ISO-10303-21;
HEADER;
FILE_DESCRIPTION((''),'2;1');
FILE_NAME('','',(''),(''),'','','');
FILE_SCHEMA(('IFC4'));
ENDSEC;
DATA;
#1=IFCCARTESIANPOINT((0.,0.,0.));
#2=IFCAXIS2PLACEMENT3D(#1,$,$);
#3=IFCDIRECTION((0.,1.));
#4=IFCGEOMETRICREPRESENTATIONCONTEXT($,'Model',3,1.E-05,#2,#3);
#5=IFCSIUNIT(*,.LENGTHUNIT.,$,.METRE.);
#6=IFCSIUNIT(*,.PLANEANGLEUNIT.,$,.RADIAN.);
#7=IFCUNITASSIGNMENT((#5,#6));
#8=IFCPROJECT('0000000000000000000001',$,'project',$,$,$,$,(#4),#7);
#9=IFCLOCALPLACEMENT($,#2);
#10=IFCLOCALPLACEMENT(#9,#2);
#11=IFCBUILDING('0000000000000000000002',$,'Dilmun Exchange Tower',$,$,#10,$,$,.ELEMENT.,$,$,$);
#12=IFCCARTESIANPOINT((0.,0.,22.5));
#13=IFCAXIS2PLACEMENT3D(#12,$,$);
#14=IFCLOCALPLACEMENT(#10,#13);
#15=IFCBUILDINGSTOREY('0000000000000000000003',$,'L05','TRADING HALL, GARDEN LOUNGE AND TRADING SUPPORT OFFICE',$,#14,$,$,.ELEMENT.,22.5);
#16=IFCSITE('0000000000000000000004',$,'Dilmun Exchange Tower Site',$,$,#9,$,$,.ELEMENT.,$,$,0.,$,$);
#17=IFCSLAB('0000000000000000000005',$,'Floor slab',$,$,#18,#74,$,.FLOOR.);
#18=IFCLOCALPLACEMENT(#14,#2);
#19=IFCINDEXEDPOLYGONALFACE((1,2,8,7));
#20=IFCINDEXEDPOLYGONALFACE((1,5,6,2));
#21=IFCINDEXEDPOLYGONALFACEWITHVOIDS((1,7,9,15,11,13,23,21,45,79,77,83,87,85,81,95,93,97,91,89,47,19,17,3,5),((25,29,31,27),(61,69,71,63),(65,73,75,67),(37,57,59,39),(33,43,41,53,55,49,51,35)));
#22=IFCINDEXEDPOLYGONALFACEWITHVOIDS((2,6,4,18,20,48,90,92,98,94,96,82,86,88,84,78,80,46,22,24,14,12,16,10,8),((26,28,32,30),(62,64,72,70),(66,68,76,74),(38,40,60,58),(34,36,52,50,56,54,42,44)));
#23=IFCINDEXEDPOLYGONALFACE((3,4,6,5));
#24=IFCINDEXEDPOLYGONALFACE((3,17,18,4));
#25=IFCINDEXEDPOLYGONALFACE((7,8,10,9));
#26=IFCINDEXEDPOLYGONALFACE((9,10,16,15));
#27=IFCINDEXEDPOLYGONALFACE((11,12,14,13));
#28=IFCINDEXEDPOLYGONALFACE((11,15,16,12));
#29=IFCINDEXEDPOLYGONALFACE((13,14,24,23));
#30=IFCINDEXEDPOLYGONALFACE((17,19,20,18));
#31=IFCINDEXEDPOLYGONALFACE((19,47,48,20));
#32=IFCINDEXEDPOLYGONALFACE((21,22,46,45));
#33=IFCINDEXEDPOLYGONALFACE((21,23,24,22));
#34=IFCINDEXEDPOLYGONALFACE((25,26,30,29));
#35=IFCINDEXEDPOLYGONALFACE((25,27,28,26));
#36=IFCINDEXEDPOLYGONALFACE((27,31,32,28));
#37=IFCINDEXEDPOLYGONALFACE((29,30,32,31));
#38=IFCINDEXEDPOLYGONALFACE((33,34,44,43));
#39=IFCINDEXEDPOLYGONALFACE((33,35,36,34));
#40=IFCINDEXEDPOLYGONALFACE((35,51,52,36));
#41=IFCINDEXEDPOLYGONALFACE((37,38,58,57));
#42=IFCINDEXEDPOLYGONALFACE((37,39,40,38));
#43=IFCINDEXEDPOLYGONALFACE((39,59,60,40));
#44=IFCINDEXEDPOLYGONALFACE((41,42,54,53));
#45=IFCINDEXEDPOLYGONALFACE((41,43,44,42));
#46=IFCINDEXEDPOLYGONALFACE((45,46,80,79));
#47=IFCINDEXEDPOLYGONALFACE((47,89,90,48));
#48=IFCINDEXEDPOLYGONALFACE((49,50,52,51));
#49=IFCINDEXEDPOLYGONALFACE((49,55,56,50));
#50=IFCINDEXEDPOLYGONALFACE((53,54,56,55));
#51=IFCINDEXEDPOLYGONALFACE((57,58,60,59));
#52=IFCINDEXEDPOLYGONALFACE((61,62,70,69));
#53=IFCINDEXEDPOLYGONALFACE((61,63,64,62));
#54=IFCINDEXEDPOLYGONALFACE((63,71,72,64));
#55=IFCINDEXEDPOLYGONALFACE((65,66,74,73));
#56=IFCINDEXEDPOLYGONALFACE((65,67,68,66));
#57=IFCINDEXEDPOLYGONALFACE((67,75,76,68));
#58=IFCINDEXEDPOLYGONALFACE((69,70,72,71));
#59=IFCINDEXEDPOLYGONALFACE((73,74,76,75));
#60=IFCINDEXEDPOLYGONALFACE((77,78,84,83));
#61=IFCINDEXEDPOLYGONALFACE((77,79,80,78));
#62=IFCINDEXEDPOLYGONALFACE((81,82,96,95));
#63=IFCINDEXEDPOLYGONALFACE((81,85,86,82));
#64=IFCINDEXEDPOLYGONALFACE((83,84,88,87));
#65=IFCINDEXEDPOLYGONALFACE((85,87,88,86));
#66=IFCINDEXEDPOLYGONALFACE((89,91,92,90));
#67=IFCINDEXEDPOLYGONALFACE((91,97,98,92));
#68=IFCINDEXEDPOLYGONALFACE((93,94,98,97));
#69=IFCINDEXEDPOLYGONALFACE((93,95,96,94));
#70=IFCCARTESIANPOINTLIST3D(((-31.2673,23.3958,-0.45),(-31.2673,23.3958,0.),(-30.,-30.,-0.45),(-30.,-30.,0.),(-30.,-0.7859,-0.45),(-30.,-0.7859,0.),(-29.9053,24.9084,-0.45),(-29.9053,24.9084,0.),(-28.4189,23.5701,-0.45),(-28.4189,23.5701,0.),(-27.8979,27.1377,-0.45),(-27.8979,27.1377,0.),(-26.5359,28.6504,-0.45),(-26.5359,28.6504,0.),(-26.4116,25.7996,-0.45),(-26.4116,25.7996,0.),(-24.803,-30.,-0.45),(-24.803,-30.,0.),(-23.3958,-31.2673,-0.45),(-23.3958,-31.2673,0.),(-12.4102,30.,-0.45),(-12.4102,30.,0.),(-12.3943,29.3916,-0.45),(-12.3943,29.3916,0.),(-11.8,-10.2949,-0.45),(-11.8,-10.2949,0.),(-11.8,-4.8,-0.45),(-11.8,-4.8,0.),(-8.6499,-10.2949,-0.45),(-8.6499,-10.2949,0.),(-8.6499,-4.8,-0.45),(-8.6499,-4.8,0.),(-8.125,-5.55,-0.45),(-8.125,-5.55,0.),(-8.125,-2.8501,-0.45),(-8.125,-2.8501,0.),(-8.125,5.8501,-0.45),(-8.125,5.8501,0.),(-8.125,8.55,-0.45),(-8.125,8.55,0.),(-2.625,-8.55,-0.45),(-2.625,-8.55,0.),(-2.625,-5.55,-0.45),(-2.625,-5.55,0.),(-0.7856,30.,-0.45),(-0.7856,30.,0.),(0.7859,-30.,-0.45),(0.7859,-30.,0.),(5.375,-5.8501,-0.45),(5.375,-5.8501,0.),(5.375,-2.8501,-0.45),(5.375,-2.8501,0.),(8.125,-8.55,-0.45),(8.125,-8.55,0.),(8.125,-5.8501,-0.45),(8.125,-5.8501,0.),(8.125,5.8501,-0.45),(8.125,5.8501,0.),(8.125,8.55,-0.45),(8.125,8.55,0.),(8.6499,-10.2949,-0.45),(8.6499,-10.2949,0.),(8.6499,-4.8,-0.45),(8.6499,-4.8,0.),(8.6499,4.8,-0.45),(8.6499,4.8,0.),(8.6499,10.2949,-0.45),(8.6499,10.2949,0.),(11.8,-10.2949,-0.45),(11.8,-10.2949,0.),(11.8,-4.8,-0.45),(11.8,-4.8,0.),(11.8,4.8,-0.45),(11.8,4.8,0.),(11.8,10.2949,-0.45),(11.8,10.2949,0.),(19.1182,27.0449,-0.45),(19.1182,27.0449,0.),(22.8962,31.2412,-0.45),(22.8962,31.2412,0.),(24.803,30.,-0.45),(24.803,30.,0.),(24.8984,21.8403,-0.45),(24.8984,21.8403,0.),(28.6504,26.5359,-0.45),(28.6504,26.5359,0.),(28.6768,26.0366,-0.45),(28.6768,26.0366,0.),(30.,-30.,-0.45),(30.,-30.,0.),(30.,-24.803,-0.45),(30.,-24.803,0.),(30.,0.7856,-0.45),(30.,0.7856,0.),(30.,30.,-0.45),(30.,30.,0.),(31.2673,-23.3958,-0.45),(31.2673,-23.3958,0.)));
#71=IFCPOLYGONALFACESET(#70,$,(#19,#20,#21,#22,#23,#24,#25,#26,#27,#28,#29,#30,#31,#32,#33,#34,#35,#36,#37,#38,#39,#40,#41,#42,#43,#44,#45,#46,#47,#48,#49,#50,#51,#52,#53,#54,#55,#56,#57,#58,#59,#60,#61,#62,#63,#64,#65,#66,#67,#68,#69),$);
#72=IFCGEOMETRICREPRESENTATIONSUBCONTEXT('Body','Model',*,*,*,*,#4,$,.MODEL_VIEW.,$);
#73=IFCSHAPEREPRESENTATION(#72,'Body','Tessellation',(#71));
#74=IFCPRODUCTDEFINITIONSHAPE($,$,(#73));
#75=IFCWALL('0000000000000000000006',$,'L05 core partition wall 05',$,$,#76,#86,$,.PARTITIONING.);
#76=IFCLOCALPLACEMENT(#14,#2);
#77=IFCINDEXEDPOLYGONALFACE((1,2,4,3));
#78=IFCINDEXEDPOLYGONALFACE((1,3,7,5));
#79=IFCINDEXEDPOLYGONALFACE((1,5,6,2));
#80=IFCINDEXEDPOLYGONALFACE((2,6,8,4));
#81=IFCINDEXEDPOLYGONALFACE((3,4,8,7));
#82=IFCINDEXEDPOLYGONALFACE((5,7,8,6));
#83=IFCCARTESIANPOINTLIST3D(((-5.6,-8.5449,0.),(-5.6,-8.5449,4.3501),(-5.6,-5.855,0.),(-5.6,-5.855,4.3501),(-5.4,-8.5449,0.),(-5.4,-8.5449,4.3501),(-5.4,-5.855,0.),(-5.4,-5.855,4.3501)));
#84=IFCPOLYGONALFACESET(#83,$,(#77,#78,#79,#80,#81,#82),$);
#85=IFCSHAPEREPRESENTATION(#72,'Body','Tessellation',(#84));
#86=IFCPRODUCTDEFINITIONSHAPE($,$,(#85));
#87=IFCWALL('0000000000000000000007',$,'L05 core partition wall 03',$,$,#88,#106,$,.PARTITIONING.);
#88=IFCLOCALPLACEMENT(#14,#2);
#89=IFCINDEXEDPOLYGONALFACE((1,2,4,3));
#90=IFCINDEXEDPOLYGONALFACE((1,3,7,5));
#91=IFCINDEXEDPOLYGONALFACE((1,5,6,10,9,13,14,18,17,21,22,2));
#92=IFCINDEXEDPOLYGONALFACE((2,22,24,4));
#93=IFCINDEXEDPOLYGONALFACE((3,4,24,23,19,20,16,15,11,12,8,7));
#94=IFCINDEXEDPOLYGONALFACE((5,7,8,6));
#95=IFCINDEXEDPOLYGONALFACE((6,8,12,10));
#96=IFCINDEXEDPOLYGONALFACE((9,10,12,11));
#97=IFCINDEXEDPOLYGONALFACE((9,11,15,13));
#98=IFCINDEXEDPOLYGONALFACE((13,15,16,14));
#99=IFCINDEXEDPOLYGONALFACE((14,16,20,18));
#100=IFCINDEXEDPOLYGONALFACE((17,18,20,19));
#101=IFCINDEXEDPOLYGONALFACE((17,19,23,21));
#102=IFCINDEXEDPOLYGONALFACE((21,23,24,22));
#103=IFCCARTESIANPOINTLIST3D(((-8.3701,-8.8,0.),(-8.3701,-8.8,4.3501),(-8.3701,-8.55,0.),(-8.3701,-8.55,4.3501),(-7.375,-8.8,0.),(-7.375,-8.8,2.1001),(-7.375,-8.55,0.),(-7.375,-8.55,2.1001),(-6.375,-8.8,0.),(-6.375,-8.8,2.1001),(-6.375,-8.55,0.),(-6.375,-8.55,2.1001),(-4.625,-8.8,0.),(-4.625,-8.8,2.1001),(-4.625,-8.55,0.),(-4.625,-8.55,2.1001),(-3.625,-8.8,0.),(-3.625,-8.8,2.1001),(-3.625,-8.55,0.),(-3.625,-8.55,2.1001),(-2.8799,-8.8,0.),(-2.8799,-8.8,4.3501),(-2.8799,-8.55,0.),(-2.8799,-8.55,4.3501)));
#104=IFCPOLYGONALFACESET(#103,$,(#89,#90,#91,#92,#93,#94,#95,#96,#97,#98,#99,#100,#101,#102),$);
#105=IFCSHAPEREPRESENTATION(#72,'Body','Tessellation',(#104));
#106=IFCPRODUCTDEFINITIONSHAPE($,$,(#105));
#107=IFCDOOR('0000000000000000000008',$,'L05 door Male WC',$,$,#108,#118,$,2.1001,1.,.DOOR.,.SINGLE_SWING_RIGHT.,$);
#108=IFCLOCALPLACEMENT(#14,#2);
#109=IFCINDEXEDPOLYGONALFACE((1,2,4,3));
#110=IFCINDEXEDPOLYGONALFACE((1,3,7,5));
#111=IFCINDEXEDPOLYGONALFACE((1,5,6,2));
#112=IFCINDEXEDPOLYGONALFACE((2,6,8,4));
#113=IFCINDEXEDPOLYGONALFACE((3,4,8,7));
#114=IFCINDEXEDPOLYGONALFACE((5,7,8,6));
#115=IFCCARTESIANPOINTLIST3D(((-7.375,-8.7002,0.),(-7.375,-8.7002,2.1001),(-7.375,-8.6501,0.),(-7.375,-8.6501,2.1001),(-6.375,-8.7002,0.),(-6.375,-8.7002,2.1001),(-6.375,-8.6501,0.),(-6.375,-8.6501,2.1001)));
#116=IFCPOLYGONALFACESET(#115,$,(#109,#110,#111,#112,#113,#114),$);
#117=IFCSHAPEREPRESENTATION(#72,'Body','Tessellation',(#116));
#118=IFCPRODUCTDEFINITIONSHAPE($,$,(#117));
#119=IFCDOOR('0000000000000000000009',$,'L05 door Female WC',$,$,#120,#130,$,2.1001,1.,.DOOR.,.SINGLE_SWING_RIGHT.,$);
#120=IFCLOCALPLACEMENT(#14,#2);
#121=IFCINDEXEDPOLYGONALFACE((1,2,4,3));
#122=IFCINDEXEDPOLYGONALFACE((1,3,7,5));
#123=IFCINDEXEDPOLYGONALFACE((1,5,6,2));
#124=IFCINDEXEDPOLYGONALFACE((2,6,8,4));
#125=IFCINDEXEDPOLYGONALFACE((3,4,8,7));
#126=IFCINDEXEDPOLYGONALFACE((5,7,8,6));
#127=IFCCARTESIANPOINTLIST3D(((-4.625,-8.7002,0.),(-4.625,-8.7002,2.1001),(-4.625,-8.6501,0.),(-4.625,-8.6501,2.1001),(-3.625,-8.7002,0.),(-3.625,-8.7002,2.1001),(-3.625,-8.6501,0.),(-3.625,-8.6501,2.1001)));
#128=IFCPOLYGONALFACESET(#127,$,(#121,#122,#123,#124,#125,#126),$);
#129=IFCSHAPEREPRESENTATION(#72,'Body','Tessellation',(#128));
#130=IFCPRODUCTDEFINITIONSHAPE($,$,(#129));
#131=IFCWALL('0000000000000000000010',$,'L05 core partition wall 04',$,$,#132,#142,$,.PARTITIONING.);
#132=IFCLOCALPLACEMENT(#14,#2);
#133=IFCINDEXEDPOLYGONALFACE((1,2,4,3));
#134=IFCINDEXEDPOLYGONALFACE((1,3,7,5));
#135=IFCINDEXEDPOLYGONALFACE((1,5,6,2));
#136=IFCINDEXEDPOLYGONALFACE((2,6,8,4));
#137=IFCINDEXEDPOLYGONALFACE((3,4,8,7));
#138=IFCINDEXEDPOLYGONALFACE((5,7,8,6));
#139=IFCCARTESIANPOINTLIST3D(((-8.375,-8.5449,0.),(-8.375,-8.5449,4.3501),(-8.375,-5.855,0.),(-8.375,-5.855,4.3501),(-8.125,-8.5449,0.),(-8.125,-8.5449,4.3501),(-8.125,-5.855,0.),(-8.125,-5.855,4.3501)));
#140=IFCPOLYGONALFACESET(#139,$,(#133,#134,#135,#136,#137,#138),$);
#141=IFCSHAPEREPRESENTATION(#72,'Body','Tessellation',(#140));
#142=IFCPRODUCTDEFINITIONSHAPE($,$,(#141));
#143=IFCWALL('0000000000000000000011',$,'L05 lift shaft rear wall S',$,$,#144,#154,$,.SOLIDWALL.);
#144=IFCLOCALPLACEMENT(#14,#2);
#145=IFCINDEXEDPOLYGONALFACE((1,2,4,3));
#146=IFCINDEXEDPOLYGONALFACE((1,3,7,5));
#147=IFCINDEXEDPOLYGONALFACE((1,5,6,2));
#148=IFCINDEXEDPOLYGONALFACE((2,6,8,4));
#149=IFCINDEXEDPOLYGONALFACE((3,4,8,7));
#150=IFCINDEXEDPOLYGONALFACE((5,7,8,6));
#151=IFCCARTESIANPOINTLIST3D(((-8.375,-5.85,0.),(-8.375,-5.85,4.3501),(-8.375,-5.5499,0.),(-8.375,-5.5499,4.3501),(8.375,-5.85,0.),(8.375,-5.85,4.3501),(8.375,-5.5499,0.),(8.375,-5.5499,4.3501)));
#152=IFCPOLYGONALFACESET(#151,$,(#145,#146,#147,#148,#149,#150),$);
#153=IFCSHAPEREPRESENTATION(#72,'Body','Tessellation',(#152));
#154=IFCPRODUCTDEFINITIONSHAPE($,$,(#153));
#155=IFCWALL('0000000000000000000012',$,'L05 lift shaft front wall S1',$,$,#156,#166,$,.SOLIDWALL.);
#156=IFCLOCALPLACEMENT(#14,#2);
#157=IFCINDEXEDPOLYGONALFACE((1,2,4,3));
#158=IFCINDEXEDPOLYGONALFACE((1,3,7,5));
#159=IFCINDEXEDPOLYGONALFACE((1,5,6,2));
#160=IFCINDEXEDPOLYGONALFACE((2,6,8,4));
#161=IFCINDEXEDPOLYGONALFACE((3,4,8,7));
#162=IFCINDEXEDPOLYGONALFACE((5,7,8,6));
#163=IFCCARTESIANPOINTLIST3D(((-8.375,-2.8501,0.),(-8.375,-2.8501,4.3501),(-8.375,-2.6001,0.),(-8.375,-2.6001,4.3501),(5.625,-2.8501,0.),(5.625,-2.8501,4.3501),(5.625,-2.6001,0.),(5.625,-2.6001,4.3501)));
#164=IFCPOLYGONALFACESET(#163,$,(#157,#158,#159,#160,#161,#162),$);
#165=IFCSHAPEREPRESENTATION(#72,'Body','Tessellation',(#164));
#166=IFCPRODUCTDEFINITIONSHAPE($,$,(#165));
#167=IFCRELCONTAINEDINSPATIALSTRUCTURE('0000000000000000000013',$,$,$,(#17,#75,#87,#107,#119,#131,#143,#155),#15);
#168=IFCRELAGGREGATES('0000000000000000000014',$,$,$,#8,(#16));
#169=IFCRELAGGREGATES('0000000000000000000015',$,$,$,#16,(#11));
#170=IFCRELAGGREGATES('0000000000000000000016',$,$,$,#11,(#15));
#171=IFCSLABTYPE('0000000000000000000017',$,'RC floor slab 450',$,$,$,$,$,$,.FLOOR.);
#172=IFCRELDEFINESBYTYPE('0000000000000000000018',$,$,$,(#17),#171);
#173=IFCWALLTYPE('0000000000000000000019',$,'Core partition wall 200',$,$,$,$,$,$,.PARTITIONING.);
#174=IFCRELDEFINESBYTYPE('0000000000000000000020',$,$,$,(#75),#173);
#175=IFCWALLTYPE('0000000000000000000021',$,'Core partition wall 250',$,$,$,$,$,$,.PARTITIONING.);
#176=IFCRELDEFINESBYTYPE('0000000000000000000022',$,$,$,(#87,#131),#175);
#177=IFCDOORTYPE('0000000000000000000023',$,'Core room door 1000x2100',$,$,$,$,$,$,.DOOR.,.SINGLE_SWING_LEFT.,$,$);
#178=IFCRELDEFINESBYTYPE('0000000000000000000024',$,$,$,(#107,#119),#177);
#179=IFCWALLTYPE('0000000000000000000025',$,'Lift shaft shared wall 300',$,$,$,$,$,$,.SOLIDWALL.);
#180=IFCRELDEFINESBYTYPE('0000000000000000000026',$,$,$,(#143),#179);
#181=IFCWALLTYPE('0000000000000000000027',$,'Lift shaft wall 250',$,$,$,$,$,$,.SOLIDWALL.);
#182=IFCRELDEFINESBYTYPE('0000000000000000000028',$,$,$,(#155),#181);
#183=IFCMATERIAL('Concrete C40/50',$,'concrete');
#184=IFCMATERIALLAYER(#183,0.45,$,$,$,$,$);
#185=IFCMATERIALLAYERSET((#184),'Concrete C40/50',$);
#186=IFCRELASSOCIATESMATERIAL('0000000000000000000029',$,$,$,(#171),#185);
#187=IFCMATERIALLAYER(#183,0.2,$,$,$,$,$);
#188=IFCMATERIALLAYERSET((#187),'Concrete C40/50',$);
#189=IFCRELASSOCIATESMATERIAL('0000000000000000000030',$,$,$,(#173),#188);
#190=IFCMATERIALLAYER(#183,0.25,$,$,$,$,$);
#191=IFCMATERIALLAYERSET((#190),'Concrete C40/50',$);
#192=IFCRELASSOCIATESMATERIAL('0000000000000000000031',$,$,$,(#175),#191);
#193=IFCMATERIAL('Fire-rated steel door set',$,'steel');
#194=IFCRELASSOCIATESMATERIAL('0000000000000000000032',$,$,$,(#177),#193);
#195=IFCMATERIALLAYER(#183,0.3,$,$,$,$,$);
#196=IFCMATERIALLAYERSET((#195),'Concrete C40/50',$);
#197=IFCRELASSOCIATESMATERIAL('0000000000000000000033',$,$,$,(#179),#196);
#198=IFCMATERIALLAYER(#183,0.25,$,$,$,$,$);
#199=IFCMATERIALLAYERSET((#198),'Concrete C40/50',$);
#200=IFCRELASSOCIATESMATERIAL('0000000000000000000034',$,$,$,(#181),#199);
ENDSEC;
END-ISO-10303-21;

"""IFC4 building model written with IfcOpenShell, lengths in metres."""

from ifc_helpers import new_model, si_unit, direction, frame, frame_2d, origin, place, context, subcontext, project, spatial, polyline, rectangle, outline, extrude, material, layer, layer_set, type_object, element, fill, save


model = new_model("IFC4")

# Units and contexts
model_context = context("Model", 3, precision=1e-05, world=origin(), true_north=direction((0.0, 1.0)))
body_context = subcontext(model_context, "Body", "Model", "MODEL_VIEW")
ifc_project = project(units=[si_unit("LENGTHUNIT", "METRE"), si_unit("PLANEANGLEUNIT", "RADIAN")], contexts=[model_context])

# Site, building, storey
site_placement = place(None, origin())
site = spatial("IfcSite", under=ifc_project, at=site_placement, Name="Dilmun Exchange Tower Site", CompositionType="ELEMENT", RefElevation=0.0)
building_placement = place(site_placement, origin())
building = spatial("IfcBuilding", under=site, at=building_placement, Name="Dilmun Exchange Tower", CompositionType="ELEMENT")
storey_placement = place(building_placement, frame((0.0, 0.0, 22.5)))
storey = spatial("IfcBuildingStorey", under=building, at=storey_placement, Name="L05", Description="TRADING HALL, GARDEN LOUNGE AND TRADING SUPPORT OFFICE", CompositionType="ELEMENT", Elevation=22.5)

# Slab
ifc_material_1 = material(Name="Concrete C40/50", Category="concrete")
ifc_layer_1 = layer(ifc_material_1, 0.45)
ifc_layer_set_1 = layer_set([ifc_layer_1], Name="Concrete C40/50")
slab_type = type_object("IfcSlabType", Name="RC floor slab 450", PredefinedType="FLOOR", material=ifc_layer_set_1)
slab_placement = place(storey_placement, frame((0.0, 0.0, -0.45)))
element("IfcSlab", 1, at=slab_placement, inside=storey, type_object=slab_type, Name="Floor slab", PredefinedType="FLOOR", context=body_context, shape_type="SweptSolid", body=[
    extrude(outline(polyline([(-30.0, -0.7859), (-31.2673, 23.3958), (-29.9053, 24.9084), (-28.4189, 23.5701), (-26.4116, 25.7996), (-27.8979, 27.1377), (-26.5359, 28.6504), (-12.3943, 29.3916), (-12.4102, 30.0), (-0.7856, 30.0), (22.8962, 31.2412), (19.1182, 27.0449), (24.8984, 21.8403), (28.6768, 26.0366), (28.6504, 26.5359), (24.803, 30.0), (30.0, 30.0), (30.0, 0.7856), (31.2673, -23.3958), (30.0, -24.803), (30.0, -30.0), (0.7859, -30.0), (-23.3958, -31.2673), (-24.803, -30.0), (-30.0, -30.0), (-30.0, -0.7859)]), holes=[polyline([(8.6499, 10.2949), (8.6499, 4.8), (11.8, 4.8), (11.8, 10.2949), (8.6499, 10.2949)]), polyline([(11.8, -4.8), (8.6499, -4.8), (8.6499, -10.2949), (11.8, -10.2949), (11.8, -4.8)]), polyline([(-8.125, -2.8501), (-8.125, -5.55), (-2.625, -5.55), (-2.625, -8.55), (8.125, -8.55), (8.125, -5.8501), (5.375, -5.8501), (5.375, -2.8501), (-8.125, -2.8501)]), polyline([(-8.125, 5.8501), (8.125, 5.8501), (8.125, 8.55), (-8.125, 8.55), (-8.125, 5.8501)]), polyline([(-8.6499, -4.8), (-11.8, -4.8), (-11.8, -10.2949), (-8.6499, -10.2949), (-8.6499, -4.8)])]), origin(), (0.0, 0.0, 1.0), 0.45),
])

# Wall
ifc_layer_2 = layer(ifc_material_1, 0.2)
ifc_layer_set_2 = layer_set([ifc_layer_2], Name="Concrete C40/50")
wall_type_1 = type_object("IfcWallType", Name="Core partition wall 200", PredefinedType="PARTITIONING", material=ifc_layer_set_2)
wall_1_placement = place(storey_placement, frame((-5.5, -8.5449, 0.0), z_axis=(0.0, 0.0, 1.0), x_axis=(0.0, 1.0, 0.0)))
element("IfcWall", 2, at=wall_1_placement, inside=storey, type_object=wall_type_1, Name="L05 core partition wall 05", PredefinedType="PARTITIONING", context=body_context, shape_type="SweptSolid", body=[
    extrude(rectangle(XDim=2.6899, YDim=0.2, at=frame_2d((1.345, 0.0))), origin(), (0.0, 0.0, 1.0), 4.3501),
])

# Wall, openings, doors
ifc_layer_3 = layer(ifc_material_1, 0.25)
ifc_layer_set_3 = layer_set([ifc_layer_3], Name="Concrete C40/50")
wall_type_2 = type_object("IfcWallType", Name="Core partition wall 250", PredefinedType="PARTITIONING", material=ifc_layer_set_3)
wall_2_placement = place(storey_placement, frame((-8.3701, -8.675, 0.0), z_axis=(0.0, 0.0, 1.0), x_axis=(1.0, 0.0, 0.0)))
wall_2 = element("IfcWall", 3, at=wall_2_placement, inside=storey, type_object=wall_type_2, Name="L05 core partition wall 03", PredefinedType="PARTITIONING", context=body_context, shape_type="SweptSolid", body=[
    extrude(rectangle(XDim=5.4902, YDim=0.25, at=frame_2d((2.7451, 0.0))), origin(), (0.0, 0.0, 1.0), 4.3501),
])
opening_1_placement = place(wall_2_placement, frame((0.9951, 0.0, 0.0)))
opening_1 = element("IfcOpeningElement", 4, at=opening_1_placement, cuts=wall_2, PredefinedType="OPENING", context=body_context, shape_type="SweptSolid", body=[
    extrude(rectangle(XDim=1.0, YDim=2.1001, at=frame_2d((0.5, 1.05))), frame((0.0, 0.135, 0.0), z_axis=(0.0, -1.0, 0.0), x_axis=(1.0, 0.0, 0.0)), (0.0, 0.0, 1.0), 0.27),
])
opening_2_placement = place(wall_2_placement, frame((3.7451, 0.0, 0.0)))
opening_2 = element("IfcOpeningElement", 5, at=opening_2_placement, cuts=wall_2, PredefinedType="OPENING", context=body_context, shape_type="SweptSolid", body=[
    extrude(rectangle(XDim=1.0, YDim=2.1001, at=frame_2d((0.5, 1.05))), frame((0.0, 0.135, 0.0), z_axis=(0.0, -1.0, 0.0), x_axis=(1.0, 0.0, 0.0)), (0.0, 0.0, 1.0), 0.27),
])
ifc_material_2 = material(Name="Fire-rated steel door set", Category="steel")
door_type_1 = type_object("IfcDoorType", Name="Core room door 1000x2100", OperationType="SINGLE_SWING_LEFT", PredefinedType="DOOR", material=ifc_material_2)
door_1_placement = place(opening_1_placement, origin())
door_1 = element("IfcDoor", 6, at=door_1_placement, inside=storey, type_object=door_type_1, Name="L05 door Male WC", OperationType="SINGLE_SWING_RIGHT", OverallHeight=2.1001, OverallWidth=1.0, PredefinedType="DOOR", context=body_context, shape_type="SweptSolid", body=[
    extrude(rectangle(XDim=1.0, YDim=2.1001, at=frame_2d((0.5, 1.05))), frame((0.0, 0.0249, 0.0), z_axis=(0.0, -1.0, 0.0), x_axis=(1.0, 0.0, 0.0)), (0.0, 0.0, 1.0), 0.05),
])
fill(opening_1, door_1)
door_2_placement = place(opening_2_placement, origin())
door_2 = element("IfcDoor", 7, at=door_2_placement, inside=storey, type_object=door_type_1, Name="L05 door Female WC", OperationType="SINGLE_SWING_RIGHT", OverallHeight=2.1001, OverallWidth=1.0, PredefinedType="DOOR", context=body_context, shape_type="SweptSolid", body=[
    extrude(rectangle(XDim=1.0, YDim=2.1001, at=frame_2d((0.5, 1.05))), frame((0.0, 0.0249, 0.0), z_axis=(0.0, -1.0, 0.0), x_axis=(1.0, 0.0, 0.0)), (0.0, 0.0, 1.0), 0.05),
])
fill(opening_2, door_2)

# Walls
wall_3_placement = place(storey_placement, frame((-8.25, -8.5449, 0.0), z_axis=(0.0, 0.0, 1.0), x_axis=(0.0, 1.0, 0.0)))
element("IfcWall", 8, at=wall_3_placement, inside=storey, type_object=wall_type_2, Name="L05 core partition wall 04", PredefinedType="PARTITIONING", context=body_context, shape_type="SweptSolid", body=[
    extrude(rectangle(XDim=2.6899, YDim=0.25, at=frame_2d((1.345, 0.0))), origin(), (0.0, 0.0, 1.0), 4.3501),
])
ifc_layer_4 = layer(ifc_material_1, 0.3)
ifc_layer_set_4 = layer_set([ifc_layer_4], Name="Concrete C40/50")
wall_type_3 = type_object("IfcWallType", Name="Lift shaft shared wall 300", PredefinedType="SOLIDWALL", material=ifc_layer_set_4)
wall_4_placement = place(storey_placement, frame((-8.375, -5.7, 0.0), z_axis=(0.0, 0.0, 1.0), x_axis=(1.0, 0.0, 0.0)))
element("IfcWall", 9, at=wall_4_placement, inside=storey, type_object=wall_type_3, Name="L05 lift shaft rear wall S", PredefinedType="SOLIDWALL", context=body_context, shape_type="SweptSolid", body=[
    extrude(rectangle(XDim=16.75, YDim=0.3, at=frame_2d((8.375, 0.0))), origin(), (0.0, 0.0, 1.0), 4.3501),
])
ifc_layer_5 = layer(ifc_material_1, 0.25)
ifc_layer_set_5 = layer_set([ifc_layer_5], Name="Concrete C40/50")
wall_type_4 = type_object("IfcWallType", Name="Lift shaft wall 250", PredefinedType="SOLIDWALL", material=ifc_layer_set_5)
wall_5_placement = place(storey_placement, frame((-8.375, -2.7251, 0.0), z_axis=(0.0, 0.0, 1.0), x_axis=(1.0, 0.0, 0.0)))
element("IfcWall", 10, at=wall_5_placement, inside=storey, type_object=wall_type_4, Name="L05 lift shaft front wall S1", PredefinedType="SOLIDWALL", context=body_context, shape_type="SweptSolid", body=[
    extrude(rectangle(XDim=14.0, YDim=0.25, at=frame_2d((7.0, 0.0))), origin(), (0.0, 0.0, 1.0), 4.3501),
])

save(model, "model.ifc")
